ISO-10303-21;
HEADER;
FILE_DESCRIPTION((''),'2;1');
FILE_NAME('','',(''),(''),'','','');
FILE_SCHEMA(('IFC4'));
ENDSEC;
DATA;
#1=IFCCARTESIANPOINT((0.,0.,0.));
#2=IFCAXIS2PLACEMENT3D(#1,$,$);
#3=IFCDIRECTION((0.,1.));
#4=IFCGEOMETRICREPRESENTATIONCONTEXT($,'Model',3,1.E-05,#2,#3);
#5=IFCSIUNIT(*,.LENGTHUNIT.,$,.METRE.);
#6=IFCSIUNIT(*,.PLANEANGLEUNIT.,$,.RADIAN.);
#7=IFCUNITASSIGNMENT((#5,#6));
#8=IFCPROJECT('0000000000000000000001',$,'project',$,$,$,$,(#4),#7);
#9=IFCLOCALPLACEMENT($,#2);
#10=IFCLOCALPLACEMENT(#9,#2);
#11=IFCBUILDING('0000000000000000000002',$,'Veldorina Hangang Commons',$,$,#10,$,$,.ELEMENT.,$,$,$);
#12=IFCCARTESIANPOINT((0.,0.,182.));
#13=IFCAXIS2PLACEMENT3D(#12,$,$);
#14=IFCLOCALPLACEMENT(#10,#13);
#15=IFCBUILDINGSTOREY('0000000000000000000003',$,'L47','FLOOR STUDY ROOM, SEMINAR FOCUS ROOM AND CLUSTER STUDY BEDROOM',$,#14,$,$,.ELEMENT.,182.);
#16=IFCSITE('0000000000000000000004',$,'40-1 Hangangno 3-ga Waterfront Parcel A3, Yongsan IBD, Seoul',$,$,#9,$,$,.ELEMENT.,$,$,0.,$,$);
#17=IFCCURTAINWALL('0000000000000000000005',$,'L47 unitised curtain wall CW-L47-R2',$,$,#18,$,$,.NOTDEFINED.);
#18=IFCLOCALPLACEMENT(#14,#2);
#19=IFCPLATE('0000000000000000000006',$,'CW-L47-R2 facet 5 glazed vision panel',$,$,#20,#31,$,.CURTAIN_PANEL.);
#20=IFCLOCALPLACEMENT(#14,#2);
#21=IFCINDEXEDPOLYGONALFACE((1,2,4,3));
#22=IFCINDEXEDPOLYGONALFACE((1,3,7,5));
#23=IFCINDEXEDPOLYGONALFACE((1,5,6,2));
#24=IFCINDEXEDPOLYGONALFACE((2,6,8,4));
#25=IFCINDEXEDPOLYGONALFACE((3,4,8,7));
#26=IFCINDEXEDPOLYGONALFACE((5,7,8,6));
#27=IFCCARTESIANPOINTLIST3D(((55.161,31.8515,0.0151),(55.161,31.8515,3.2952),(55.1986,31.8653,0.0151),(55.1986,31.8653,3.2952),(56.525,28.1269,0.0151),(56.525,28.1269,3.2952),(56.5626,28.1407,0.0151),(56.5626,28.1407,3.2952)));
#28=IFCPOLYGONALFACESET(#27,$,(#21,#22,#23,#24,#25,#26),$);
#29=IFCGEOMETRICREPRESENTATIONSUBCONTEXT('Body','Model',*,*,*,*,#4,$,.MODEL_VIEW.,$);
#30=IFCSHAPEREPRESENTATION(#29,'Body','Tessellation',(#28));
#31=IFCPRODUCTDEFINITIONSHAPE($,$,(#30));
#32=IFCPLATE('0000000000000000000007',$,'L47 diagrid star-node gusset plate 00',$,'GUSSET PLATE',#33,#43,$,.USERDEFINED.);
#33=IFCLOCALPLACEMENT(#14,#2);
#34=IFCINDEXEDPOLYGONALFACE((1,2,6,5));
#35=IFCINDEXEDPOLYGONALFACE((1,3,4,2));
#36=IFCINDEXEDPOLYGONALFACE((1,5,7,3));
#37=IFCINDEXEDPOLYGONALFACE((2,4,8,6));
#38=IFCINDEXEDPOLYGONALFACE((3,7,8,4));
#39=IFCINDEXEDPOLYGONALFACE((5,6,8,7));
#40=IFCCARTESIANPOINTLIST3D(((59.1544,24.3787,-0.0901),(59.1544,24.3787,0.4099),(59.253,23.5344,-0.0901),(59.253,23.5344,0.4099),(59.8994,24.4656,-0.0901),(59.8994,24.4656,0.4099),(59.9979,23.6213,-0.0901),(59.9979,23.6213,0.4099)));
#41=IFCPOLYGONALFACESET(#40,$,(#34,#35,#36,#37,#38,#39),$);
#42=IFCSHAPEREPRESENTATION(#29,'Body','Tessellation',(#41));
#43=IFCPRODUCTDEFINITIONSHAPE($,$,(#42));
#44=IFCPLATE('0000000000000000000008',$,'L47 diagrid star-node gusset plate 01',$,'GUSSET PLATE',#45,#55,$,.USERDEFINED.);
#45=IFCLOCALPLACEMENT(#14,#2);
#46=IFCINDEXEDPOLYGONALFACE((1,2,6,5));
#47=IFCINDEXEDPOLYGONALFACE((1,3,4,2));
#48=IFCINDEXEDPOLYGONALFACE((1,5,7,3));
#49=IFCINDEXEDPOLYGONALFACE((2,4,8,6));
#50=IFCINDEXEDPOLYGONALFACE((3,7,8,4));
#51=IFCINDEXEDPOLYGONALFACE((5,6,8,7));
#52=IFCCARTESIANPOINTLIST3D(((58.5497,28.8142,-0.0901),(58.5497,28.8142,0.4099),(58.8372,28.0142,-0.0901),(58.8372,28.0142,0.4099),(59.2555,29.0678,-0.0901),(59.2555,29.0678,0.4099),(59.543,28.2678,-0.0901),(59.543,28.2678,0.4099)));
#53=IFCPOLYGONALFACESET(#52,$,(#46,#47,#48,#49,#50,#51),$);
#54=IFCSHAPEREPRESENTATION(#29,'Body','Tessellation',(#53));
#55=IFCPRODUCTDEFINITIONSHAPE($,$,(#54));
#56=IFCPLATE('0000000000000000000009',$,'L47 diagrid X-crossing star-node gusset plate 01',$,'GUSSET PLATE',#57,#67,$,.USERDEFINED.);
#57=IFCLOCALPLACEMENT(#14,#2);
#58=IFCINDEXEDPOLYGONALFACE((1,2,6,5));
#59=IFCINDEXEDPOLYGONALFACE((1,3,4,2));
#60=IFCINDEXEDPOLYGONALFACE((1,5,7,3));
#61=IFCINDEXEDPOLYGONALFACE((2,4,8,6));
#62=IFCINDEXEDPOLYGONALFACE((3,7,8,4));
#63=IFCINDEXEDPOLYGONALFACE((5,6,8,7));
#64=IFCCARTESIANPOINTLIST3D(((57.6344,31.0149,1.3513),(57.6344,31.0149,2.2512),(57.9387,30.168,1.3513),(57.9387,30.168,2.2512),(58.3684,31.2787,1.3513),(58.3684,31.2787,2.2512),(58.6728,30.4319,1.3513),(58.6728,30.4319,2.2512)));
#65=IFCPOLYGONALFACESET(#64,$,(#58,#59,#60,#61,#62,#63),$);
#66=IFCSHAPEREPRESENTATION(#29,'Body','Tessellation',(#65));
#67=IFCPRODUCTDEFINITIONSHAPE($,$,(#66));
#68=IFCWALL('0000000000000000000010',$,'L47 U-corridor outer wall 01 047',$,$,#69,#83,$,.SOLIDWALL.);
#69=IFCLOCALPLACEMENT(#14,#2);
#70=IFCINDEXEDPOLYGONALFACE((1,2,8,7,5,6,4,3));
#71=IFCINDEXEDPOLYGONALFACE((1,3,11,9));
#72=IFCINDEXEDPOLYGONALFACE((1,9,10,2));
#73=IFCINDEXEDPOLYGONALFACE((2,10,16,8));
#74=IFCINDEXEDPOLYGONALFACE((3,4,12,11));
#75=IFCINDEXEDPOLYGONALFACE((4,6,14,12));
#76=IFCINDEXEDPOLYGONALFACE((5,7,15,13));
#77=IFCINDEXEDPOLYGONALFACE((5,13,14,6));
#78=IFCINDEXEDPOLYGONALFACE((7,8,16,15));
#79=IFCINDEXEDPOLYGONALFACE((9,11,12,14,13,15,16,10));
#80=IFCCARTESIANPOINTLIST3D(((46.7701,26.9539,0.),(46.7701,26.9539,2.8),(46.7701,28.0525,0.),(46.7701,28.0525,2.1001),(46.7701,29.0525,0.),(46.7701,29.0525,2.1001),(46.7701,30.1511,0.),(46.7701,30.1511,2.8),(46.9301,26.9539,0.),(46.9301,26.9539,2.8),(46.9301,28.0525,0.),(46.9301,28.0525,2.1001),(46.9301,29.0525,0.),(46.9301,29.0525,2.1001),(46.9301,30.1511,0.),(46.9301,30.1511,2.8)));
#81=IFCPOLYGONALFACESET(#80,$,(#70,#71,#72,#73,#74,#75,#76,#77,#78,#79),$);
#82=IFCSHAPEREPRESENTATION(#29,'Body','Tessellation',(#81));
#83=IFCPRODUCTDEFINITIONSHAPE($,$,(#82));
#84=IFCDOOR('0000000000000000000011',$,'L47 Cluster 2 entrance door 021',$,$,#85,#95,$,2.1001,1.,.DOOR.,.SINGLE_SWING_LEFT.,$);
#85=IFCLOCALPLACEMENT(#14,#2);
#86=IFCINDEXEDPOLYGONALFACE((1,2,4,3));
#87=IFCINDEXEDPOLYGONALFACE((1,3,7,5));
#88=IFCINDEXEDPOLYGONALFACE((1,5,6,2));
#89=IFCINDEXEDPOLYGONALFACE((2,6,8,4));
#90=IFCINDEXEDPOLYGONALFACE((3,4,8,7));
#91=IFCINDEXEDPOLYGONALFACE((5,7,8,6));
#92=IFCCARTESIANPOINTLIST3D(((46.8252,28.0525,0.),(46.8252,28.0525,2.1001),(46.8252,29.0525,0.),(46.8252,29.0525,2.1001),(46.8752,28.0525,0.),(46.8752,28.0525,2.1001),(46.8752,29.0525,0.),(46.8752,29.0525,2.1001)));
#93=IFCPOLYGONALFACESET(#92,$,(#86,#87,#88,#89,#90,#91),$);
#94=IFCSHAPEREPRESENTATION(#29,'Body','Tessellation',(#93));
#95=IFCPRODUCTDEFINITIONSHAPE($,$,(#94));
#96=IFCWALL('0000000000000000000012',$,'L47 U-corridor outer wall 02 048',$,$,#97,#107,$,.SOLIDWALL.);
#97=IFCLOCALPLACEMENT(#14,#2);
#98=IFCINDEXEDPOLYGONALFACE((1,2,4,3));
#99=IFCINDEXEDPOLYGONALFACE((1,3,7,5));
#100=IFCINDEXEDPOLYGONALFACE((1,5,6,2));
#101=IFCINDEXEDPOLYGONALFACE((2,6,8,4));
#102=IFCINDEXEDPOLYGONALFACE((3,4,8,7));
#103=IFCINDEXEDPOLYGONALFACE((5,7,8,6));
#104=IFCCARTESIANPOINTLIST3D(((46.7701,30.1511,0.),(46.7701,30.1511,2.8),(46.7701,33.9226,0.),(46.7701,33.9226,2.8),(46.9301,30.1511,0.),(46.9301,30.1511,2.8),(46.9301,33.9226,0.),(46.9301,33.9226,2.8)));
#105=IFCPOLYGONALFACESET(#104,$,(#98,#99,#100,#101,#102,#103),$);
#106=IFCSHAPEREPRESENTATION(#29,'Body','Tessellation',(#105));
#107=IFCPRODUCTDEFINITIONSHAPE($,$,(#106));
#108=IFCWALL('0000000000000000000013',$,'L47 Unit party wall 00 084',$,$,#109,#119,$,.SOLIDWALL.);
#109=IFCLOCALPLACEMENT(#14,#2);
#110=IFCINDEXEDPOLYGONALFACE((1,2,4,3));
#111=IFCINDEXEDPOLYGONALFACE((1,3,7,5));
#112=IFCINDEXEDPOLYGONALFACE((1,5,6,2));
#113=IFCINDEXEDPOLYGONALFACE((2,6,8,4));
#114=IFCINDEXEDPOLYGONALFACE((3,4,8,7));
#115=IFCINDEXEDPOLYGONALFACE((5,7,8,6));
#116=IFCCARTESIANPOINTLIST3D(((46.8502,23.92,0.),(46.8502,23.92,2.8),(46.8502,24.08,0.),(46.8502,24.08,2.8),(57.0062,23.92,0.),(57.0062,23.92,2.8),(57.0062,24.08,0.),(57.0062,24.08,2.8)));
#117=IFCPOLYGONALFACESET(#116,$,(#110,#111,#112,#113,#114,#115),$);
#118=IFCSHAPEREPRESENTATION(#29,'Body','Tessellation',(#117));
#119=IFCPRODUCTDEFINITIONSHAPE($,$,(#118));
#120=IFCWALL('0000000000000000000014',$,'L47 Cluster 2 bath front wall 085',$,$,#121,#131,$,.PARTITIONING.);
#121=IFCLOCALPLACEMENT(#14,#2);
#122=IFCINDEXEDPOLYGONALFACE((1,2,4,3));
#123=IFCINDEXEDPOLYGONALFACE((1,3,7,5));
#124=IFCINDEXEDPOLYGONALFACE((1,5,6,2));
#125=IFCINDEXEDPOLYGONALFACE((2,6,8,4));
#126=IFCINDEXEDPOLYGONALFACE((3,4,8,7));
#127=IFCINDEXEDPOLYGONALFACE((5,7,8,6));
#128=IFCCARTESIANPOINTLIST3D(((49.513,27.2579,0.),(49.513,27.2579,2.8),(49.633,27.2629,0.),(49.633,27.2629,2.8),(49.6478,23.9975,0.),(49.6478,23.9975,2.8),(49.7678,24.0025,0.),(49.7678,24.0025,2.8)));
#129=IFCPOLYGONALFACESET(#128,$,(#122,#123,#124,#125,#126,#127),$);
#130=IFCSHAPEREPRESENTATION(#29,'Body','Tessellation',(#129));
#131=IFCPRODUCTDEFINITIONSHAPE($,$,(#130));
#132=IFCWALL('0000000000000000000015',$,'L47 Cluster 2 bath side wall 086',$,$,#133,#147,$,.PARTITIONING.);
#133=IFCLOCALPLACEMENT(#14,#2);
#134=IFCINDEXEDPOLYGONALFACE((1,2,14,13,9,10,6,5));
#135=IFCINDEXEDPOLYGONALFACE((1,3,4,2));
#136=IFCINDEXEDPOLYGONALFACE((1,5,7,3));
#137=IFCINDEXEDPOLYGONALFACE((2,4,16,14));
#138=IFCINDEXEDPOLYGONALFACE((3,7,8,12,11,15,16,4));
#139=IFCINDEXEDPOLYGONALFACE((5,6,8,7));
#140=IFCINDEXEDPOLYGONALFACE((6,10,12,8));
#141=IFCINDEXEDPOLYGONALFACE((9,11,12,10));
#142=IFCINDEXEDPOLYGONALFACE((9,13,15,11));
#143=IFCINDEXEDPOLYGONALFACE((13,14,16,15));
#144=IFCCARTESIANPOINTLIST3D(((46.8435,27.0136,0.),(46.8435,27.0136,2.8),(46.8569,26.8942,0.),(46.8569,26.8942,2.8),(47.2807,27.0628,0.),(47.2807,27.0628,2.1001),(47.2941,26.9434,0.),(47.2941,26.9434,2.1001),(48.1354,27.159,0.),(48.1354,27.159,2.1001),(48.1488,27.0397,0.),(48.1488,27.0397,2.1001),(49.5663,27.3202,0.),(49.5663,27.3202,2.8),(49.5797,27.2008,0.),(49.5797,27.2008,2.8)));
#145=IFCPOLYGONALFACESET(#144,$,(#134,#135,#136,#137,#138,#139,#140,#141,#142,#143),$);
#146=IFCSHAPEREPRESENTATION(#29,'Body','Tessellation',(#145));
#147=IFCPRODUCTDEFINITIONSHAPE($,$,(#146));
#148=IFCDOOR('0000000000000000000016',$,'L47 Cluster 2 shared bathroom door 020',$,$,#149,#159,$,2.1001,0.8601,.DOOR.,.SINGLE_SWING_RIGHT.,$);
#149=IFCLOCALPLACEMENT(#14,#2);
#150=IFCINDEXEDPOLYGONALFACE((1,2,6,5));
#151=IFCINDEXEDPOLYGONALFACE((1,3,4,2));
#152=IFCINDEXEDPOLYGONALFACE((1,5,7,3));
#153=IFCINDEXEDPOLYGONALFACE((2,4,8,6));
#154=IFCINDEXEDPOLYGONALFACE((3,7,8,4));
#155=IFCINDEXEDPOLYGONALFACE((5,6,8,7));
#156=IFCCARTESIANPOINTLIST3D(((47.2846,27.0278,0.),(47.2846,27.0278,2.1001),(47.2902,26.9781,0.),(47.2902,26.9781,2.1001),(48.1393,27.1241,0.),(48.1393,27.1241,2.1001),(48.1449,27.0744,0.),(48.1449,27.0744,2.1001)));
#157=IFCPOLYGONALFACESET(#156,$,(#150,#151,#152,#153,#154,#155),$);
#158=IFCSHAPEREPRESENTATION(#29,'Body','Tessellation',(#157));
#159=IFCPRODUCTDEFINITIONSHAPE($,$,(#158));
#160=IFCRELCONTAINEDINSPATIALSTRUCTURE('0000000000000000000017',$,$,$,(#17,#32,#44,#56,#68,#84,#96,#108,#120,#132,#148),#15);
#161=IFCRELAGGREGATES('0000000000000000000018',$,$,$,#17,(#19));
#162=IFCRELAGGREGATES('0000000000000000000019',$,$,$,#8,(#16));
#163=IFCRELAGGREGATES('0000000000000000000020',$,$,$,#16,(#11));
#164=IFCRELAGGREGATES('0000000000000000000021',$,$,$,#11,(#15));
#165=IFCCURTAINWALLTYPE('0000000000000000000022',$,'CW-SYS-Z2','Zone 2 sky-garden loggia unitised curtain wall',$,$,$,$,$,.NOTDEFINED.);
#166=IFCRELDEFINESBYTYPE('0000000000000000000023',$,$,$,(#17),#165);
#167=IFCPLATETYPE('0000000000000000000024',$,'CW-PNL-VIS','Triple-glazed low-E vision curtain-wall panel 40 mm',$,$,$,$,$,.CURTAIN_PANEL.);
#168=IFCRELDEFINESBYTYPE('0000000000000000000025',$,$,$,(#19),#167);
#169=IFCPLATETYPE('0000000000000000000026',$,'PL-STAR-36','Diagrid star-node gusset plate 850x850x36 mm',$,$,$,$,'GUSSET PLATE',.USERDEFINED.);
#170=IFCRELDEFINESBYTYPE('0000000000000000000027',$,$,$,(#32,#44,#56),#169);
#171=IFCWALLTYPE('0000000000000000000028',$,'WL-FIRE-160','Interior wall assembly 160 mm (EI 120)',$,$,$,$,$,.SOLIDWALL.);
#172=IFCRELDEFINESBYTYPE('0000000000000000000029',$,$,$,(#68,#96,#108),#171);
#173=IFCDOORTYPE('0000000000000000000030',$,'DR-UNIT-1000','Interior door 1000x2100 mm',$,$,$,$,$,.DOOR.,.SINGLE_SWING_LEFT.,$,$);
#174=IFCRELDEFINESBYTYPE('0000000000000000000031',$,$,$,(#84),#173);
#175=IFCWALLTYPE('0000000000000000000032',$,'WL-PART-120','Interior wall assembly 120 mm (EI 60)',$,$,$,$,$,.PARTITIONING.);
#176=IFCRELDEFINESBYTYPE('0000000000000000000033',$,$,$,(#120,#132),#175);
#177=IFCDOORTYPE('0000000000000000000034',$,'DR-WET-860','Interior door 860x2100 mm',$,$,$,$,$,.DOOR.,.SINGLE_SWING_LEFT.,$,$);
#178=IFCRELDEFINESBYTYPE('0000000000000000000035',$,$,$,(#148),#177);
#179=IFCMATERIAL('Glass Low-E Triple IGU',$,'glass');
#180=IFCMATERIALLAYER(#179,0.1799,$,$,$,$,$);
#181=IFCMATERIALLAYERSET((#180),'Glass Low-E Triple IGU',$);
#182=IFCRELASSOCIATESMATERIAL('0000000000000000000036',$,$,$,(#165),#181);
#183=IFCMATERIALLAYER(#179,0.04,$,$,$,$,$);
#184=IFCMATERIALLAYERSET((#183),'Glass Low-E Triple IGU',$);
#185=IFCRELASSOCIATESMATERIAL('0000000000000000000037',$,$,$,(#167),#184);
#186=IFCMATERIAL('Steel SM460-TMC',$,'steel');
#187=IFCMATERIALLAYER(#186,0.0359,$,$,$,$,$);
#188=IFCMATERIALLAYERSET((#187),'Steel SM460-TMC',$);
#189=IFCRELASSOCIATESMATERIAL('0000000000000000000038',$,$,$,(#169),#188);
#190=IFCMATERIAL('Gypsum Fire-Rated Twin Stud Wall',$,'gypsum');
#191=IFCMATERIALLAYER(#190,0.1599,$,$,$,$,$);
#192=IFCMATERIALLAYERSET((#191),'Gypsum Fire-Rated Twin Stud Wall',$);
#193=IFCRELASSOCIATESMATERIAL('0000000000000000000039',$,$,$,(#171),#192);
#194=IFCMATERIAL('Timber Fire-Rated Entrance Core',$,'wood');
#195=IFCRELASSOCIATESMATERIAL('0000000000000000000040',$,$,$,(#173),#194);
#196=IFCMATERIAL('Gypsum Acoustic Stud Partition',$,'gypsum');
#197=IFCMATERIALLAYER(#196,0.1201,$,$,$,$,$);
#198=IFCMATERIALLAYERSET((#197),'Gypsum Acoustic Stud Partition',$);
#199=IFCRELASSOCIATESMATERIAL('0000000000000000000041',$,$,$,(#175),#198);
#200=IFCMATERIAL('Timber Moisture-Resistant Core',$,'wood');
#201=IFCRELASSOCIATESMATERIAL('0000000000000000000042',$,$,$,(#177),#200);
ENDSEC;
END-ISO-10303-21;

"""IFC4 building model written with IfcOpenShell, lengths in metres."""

from ifc_helpers import new_model, si_unit, direction, frame, frame_2d, origin, origin_2d, place, context, subcontext, project, spatial, rectangle, extrude, material, layer, layer_set, type_object, element, fill, aggregate, save


model = new_model("IFC4")

# Units and contexts
model_context = context("Model", 3, precision=1e-05, world=origin(), true_north=direction((0.0, 1.0)))
body_context = subcontext(model_context, "Body", "Model", "MODEL_VIEW")
ifc_project = project(units=[si_unit("LENGTHUNIT", "METRE"), si_unit("PLANEANGLEUNIT", "RADIAN")], contexts=[model_context])

# Site, building, storey
site_placement = place(None, origin())
site = spatial("IfcSite", under=ifc_project, at=site_placement, Name="40-1 Hangangno 3-ga Waterfront Parcel A3, Yongsan IBD, Seoul", CompositionType="ELEMENT", RefElevation=0.0)
building_placement = place(site_placement, origin())
building = spatial("IfcBuilding", under=site, at=building_placement, Name="Veldorina Hangang Commons", CompositionType="ELEMENT")
storey_placement = place(building_placement, frame((0.0, 0.0, 182.0)))
storey = spatial("IfcBuildingStorey", under=building, at=storey_placement, Name="L47", Description="FLOOR STUDY ROOM, SEMINAR FOCUS ROOM AND CLUSTER STUDY BEDROOM", CompositionType="ELEMENT", Elevation=182.0)

# Curtain wall
ifc_material_1 = material(Name="Glass Low-E Triple IGU", Category="glass")
ifc_layer_1 = layer(ifc_material_1, 0.1799)
ifc_layer_set_1 = layer_set([ifc_layer_1], Name="Glass Low-E Triple IGU")
curtain_wall_type = type_object("IfcCurtainWallType", Name="CW-SYS-Z2", Description="Zone 2 sky-garden loggia unitised curtain wall", PredefinedType="NOTDEFINED", material=ifc_layer_set_1)
curtain_wall_placement = place(storey_placement, origin())
curtain_wall = element("IfcCurtainWall", 1, at=curtain_wall_placement, inside=storey, type_object=curtain_wall_type, Name="L47 unitised curtain wall CW-L47-R2", PredefinedType="NOTDEFINED")

# Plate
ifc_layer_2 = layer(ifc_material_1, 0.04)
ifc_layer_set_2 = layer_set([ifc_layer_2], Name="Glass Low-E Triple IGU")
plate_type_1 = type_object("IfcPlateType", Name="CW-PNL-VIS", Description="Triple-glazed low-E vision curtain-wall panel 40 mm", PredefinedType="CURTAIN_PANEL", material=ifc_layer_set_2)
plate_1_placement = place(storey_placement, frame((55.8618, 29.9961, 0.0151), z_axis=(0.0, 0.0, 1.0), x_axis=(-0.343889, 0.93901, 0.0)))
plate_1 = element("IfcPlate", 2, at=plate_1_placement, type_object=plate_type_1, Name="CW-L47-R2 facet 5 glazed vision panel", PredefinedType="CURTAIN_PANEL", context=body_context, shape_type="SweptSolid", body=[
    extrude(rectangle(XDim=3.9666, YDim=0.04, at=origin_2d()), origin(), (0.0, 0.0, 1.0), 3.28),
])
aggregate(curtain_wall, [plate_1])

# Plates
ifc_material_2 = material(Name="Steel SM460-TMC", Category="steel")
ifc_layer_3 = layer(ifc_material_2, 0.0359)
ifc_layer_set_3 = layer_set([ifc_layer_3], Name="Steel SM460-TMC")
plate_type_2 = type_object("IfcPlateType", Name="PL-STAR-36", Description="Diagrid star-node gusset plate 850x850x36 mm", ElementType="GUSSET PLATE", PredefinedType="USERDEFINED", material=ifc_layer_set_3)
for number, where, z_axis, x_axis, name in (
    (3, (59.5762, 24.0, -0.0901), (0.0, 0.0, 1.0), (-0.115908, 0.99326, 0.0), "L47 diagrid star-node gusset plate 00"),
    (4, (59.0464, 28.541, -0.0901), (0.0, 0.0, 1.0), (-0.338196, 0.941076, 0.0), "L47 diagrid star-node gusset plate 01"),
):
    element("IfcPlate", number, at=place(storey_placement, frame(where, z_axis=z_axis, x_axis=x_axis)), inside=storey, type_object=plate_type_2, Name=name, ObjectType="GUSSET PLATE", PredefinedType="USERDEFINED", context=body_context, shape_type="SweptSolid", body=[
        extrude(rectangle(XDim=0.8501, YDim=0.75, at=origin_2d()), origin(), (0.0, 0.0, 1.0), 0.5),
    ])
plate_2_placement = place(storey_placement, frame((58.1536, 30.7234, 1.3513), z_axis=(0.0, 0.0, 1.0), x_axis=(-0.338196, 0.941076, 0.0)))
element("IfcPlate", 5, at=plate_2_placement, inside=storey, type_object=plate_type_2, Name="L47 diagrid X-crossing star-node gusset plate 01", ObjectType="GUSSET PLATE", PredefinedType="USERDEFINED", context=body_context, shape_type="SweptSolid", body=[
    extrude(rectangle(XDim=0.8999, YDim=0.78, at=origin_2d()), origin(), (0.0, 0.0, 1.0), 0.8999),
])

# Wall, opening, door
ifc_material_3 = material(Name="Gypsum Fire-Rated Twin Stud Wall", Category="gypsum")
ifc_layer_4 = layer(ifc_material_3, 0.1599)
ifc_layer_set_4 = layer_set([ifc_layer_4], Name="Gypsum Fire-Rated Twin Stud Wall")
wall_type_1 = type_object("IfcWallType", Name="WL-FIRE-160", Description="Interior wall assembly 160 mm (EI 120)", PredefinedType="SOLIDWALL", material=ifc_layer_set_4)
wall_1_placement = place(storey_placement, frame((46.8501, 26.9539, 0.0), z_axis=(0.0, 0.0, 1.0), x_axis=(0.0, 1.0, 0.0)))
wall_1 = element("IfcWall", 6, at=wall_1_placement, inside=storey, type_object=wall_type_1, Name="L47 U-corridor outer wall 01 047", PredefinedType="SOLIDWALL", context=body_context, shape_type="SweptSolid", body=[
    extrude(rectangle(XDim=3.1973, YDim=0.1599, at=frame_2d((1.5986, 0.0))), origin(), (0.0, 0.0, 1.0), 2.8),
])
opening_1_placement = place(wall_1_placement, frame((1.0986, 0.0, 0.0)))
opening_1 = element("IfcOpeningElement", 7, at=opening_1_placement, cuts=wall_1, PredefinedType="OPENING", context=body_context, shape_type="SweptSolid", body=[
    extrude(rectangle(XDim=1.0, YDim=2.1001, at=frame_2d((0.5, 1.05))), frame((0.0, 0.0898, 0.0), z_axis=(0.0, -1.0, 0.0), x_axis=(1.0, 0.0, 0.0)), (0.0, 0.0, 1.0), 0.1799),
])
ifc_material_4 = material(Name="Timber Fire-Rated Entrance Core", Category="wood")
door_type_1 = type_object("IfcDoorType", Name="DR-UNIT-1000", Description="Interior door 1000x2100 mm", OperationType="SINGLE_SWING_LEFT", PredefinedType="DOOR", material=ifc_material_4)
door_1_placement = place(opening_1_placement, origin())
door_1 = element("IfcDoor", 8, at=door_1_placement, inside=storey, type_object=door_type_1, Name="L47 Cluster 2 entrance door 021", OperationType="SINGLE_SWING_LEFT", OverallHeight=2.1001, OverallWidth=1.0, PredefinedType="DOOR", context=body_context, shape_type="SweptSolid", body=[
    extrude(rectangle(XDim=1.0, YDim=2.1001, at=frame_2d((0.5, 1.05))), frame((0.0, 0.0249, 0.0), z_axis=(0.0, -1.0, 0.0), x_axis=(1.0, 0.0, 0.0)), (0.0, 0.0, 1.0), 0.05),
])
fill(opening_1, door_1)

# Walls
wall_2_placement = place(storey_placement, frame((46.8501, 30.1511, 0.0), z_axis=(0.0, 0.0, 1.0), x_axis=(0.0, 1.0, 0.0)))
element("IfcWall", 9, at=wall_2_placement, inside=storey, type_object=wall_type_1, Name="L47 U-corridor outer wall 02 048", PredefinedType="SOLIDWALL", context=body_context, shape_type="SweptSolid", body=[
    extrude(rectangle(XDim=3.7715, YDim=0.1599, at=frame_2d((1.8857, 0.0))), origin(), (0.0, 0.0, 1.0), 2.8),
])
wall_3_placement = place(storey_placement, frame((46.8501, 24.0, 0.0), z_axis=(0.0, 0.0, 1.0), x_axis=(1.0, 0.0, 0.0)))
element("IfcWall", 10, at=wall_3_placement, inside=storey, type_object=wall_type_1, Name="L47 Unit party wall 00 084", PredefinedType="SOLIDWALL", context=body_context, shape_type="SweptSolid", body=[
    extrude(rectangle(XDim=10.156, YDim=0.1599, at=frame_2d((5.0781, 0.0))), origin(), (0.0, 0.0, 1.0), 2.8),
])
ifc_material_5 = material(Name="Gypsum Acoustic Stud Partition", Category="gypsum")
ifc_layer_5 = layer(ifc_material_5, 0.1201)
ifc_layer_set_5 = layer_set([ifc_layer_5], Name="Gypsum Acoustic Stud Partition")
wall_type_2 = type_object("IfcWallType", Name="WL-PART-120", Description="Interior wall assembly 120 mm (EI 60)", PredefinedType="PARTITIONING", material=ifc_layer_set_5)
wall_4_placement = place(storey_placement, frame((49.7078, 24.0, 0.0), z_axis=(0.0, 0.0, 1.0), x_axis=(-0.041298, 0.999147, 0.0)))
element("IfcWall", 11, at=wall_4_placement, inside=storey, type_object=wall_type_2, Name="L47 Cluster 2 bath front wall 085", PredefinedType="PARTITIONING", context=body_context, shape_type="SweptSolid", body=[
    extrude(rectangle(XDim=3.2632, YDim=0.1201, at=frame_2d((1.6316, 0.0))), origin(), (0.0, 0.0, 1.0), 2.8),
])

# Wall, opening, door
wall_5_placement = place(storey_placement, frame((46.8501, 26.9539, 0.0), z_axis=(0.0, 0.0, 1.0), x_axis=(0.993719, 0.111908, 0.0)))
wall_5 = element("IfcWall", 12, at=wall_5_placement, inside=storey, type_object=wall_type_2, Name="L47 Cluster 2 bath side wall 086", PredefinedType="PARTITIONING", context=body_context, shape_type="SweptSolid", body=[
    extrude(rectangle(XDim=2.74, YDim=0.1201, at=frame_2d((1.3701, 0.0))), origin(), (0.0, 0.0, 1.0), 2.8),
])
opening_2_placement = place(wall_5_placement, frame((0.4399, 0.0, 0.0)))
opening_2 = element("IfcOpeningElement", 13, at=opening_2_placement, cuts=wall_5, PredefinedType="OPENING", context=body_context, shape_type="SweptSolid", body=[
    extrude(rectangle(XDim=0.8601, YDim=2.1001, at=frame_2d((0.4302, 1.05))), frame((0.0, 0.0701, 0.0), z_axis=(0.0, -1.0, 0.0), x_axis=(1.0, 0.0, 0.0)), (0.0, 0.0, 1.0), 0.1401),
])
ifc_material_6 = material(Name="Timber Moisture-Resistant Core", Category="wood")
door_type_2 = type_object("IfcDoorType", Name="DR-WET-860", Description="Interior door 860x2100 mm", OperationType="SINGLE_SWING_LEFT", PredefinedType="DOOR", material=ifc_material_6)
door_2_placement = place(opening_2_placement, origin())
door_2 = element("IfcDoor", 14, at=door_2_placement, inside=storey, type_object=door_type_2, Name="L47 Cluster 2 shared bathroom door 020", OperationType="SINGLE_SWING_RIGHT", OverallHeight=2.1001, OverallWidth=0.8601, PredefinedType="DOOR", context=body_context, shape_type="SweptSolid", body=[
    extrude(rectangle(XDim=0.8601, YDim=2.1001, at=frame_2d((0.4302, 1.05))), frame((0.0, 0.0249, 0.0), z_axis=(0.0, -1.0, 0.0), x_axis=(1.0, 0.0, 0.0)), (0.0, 0.0, 1.0), 0.05),
])
fill(opening_2, door_2)

save(model, "model.ifc")
